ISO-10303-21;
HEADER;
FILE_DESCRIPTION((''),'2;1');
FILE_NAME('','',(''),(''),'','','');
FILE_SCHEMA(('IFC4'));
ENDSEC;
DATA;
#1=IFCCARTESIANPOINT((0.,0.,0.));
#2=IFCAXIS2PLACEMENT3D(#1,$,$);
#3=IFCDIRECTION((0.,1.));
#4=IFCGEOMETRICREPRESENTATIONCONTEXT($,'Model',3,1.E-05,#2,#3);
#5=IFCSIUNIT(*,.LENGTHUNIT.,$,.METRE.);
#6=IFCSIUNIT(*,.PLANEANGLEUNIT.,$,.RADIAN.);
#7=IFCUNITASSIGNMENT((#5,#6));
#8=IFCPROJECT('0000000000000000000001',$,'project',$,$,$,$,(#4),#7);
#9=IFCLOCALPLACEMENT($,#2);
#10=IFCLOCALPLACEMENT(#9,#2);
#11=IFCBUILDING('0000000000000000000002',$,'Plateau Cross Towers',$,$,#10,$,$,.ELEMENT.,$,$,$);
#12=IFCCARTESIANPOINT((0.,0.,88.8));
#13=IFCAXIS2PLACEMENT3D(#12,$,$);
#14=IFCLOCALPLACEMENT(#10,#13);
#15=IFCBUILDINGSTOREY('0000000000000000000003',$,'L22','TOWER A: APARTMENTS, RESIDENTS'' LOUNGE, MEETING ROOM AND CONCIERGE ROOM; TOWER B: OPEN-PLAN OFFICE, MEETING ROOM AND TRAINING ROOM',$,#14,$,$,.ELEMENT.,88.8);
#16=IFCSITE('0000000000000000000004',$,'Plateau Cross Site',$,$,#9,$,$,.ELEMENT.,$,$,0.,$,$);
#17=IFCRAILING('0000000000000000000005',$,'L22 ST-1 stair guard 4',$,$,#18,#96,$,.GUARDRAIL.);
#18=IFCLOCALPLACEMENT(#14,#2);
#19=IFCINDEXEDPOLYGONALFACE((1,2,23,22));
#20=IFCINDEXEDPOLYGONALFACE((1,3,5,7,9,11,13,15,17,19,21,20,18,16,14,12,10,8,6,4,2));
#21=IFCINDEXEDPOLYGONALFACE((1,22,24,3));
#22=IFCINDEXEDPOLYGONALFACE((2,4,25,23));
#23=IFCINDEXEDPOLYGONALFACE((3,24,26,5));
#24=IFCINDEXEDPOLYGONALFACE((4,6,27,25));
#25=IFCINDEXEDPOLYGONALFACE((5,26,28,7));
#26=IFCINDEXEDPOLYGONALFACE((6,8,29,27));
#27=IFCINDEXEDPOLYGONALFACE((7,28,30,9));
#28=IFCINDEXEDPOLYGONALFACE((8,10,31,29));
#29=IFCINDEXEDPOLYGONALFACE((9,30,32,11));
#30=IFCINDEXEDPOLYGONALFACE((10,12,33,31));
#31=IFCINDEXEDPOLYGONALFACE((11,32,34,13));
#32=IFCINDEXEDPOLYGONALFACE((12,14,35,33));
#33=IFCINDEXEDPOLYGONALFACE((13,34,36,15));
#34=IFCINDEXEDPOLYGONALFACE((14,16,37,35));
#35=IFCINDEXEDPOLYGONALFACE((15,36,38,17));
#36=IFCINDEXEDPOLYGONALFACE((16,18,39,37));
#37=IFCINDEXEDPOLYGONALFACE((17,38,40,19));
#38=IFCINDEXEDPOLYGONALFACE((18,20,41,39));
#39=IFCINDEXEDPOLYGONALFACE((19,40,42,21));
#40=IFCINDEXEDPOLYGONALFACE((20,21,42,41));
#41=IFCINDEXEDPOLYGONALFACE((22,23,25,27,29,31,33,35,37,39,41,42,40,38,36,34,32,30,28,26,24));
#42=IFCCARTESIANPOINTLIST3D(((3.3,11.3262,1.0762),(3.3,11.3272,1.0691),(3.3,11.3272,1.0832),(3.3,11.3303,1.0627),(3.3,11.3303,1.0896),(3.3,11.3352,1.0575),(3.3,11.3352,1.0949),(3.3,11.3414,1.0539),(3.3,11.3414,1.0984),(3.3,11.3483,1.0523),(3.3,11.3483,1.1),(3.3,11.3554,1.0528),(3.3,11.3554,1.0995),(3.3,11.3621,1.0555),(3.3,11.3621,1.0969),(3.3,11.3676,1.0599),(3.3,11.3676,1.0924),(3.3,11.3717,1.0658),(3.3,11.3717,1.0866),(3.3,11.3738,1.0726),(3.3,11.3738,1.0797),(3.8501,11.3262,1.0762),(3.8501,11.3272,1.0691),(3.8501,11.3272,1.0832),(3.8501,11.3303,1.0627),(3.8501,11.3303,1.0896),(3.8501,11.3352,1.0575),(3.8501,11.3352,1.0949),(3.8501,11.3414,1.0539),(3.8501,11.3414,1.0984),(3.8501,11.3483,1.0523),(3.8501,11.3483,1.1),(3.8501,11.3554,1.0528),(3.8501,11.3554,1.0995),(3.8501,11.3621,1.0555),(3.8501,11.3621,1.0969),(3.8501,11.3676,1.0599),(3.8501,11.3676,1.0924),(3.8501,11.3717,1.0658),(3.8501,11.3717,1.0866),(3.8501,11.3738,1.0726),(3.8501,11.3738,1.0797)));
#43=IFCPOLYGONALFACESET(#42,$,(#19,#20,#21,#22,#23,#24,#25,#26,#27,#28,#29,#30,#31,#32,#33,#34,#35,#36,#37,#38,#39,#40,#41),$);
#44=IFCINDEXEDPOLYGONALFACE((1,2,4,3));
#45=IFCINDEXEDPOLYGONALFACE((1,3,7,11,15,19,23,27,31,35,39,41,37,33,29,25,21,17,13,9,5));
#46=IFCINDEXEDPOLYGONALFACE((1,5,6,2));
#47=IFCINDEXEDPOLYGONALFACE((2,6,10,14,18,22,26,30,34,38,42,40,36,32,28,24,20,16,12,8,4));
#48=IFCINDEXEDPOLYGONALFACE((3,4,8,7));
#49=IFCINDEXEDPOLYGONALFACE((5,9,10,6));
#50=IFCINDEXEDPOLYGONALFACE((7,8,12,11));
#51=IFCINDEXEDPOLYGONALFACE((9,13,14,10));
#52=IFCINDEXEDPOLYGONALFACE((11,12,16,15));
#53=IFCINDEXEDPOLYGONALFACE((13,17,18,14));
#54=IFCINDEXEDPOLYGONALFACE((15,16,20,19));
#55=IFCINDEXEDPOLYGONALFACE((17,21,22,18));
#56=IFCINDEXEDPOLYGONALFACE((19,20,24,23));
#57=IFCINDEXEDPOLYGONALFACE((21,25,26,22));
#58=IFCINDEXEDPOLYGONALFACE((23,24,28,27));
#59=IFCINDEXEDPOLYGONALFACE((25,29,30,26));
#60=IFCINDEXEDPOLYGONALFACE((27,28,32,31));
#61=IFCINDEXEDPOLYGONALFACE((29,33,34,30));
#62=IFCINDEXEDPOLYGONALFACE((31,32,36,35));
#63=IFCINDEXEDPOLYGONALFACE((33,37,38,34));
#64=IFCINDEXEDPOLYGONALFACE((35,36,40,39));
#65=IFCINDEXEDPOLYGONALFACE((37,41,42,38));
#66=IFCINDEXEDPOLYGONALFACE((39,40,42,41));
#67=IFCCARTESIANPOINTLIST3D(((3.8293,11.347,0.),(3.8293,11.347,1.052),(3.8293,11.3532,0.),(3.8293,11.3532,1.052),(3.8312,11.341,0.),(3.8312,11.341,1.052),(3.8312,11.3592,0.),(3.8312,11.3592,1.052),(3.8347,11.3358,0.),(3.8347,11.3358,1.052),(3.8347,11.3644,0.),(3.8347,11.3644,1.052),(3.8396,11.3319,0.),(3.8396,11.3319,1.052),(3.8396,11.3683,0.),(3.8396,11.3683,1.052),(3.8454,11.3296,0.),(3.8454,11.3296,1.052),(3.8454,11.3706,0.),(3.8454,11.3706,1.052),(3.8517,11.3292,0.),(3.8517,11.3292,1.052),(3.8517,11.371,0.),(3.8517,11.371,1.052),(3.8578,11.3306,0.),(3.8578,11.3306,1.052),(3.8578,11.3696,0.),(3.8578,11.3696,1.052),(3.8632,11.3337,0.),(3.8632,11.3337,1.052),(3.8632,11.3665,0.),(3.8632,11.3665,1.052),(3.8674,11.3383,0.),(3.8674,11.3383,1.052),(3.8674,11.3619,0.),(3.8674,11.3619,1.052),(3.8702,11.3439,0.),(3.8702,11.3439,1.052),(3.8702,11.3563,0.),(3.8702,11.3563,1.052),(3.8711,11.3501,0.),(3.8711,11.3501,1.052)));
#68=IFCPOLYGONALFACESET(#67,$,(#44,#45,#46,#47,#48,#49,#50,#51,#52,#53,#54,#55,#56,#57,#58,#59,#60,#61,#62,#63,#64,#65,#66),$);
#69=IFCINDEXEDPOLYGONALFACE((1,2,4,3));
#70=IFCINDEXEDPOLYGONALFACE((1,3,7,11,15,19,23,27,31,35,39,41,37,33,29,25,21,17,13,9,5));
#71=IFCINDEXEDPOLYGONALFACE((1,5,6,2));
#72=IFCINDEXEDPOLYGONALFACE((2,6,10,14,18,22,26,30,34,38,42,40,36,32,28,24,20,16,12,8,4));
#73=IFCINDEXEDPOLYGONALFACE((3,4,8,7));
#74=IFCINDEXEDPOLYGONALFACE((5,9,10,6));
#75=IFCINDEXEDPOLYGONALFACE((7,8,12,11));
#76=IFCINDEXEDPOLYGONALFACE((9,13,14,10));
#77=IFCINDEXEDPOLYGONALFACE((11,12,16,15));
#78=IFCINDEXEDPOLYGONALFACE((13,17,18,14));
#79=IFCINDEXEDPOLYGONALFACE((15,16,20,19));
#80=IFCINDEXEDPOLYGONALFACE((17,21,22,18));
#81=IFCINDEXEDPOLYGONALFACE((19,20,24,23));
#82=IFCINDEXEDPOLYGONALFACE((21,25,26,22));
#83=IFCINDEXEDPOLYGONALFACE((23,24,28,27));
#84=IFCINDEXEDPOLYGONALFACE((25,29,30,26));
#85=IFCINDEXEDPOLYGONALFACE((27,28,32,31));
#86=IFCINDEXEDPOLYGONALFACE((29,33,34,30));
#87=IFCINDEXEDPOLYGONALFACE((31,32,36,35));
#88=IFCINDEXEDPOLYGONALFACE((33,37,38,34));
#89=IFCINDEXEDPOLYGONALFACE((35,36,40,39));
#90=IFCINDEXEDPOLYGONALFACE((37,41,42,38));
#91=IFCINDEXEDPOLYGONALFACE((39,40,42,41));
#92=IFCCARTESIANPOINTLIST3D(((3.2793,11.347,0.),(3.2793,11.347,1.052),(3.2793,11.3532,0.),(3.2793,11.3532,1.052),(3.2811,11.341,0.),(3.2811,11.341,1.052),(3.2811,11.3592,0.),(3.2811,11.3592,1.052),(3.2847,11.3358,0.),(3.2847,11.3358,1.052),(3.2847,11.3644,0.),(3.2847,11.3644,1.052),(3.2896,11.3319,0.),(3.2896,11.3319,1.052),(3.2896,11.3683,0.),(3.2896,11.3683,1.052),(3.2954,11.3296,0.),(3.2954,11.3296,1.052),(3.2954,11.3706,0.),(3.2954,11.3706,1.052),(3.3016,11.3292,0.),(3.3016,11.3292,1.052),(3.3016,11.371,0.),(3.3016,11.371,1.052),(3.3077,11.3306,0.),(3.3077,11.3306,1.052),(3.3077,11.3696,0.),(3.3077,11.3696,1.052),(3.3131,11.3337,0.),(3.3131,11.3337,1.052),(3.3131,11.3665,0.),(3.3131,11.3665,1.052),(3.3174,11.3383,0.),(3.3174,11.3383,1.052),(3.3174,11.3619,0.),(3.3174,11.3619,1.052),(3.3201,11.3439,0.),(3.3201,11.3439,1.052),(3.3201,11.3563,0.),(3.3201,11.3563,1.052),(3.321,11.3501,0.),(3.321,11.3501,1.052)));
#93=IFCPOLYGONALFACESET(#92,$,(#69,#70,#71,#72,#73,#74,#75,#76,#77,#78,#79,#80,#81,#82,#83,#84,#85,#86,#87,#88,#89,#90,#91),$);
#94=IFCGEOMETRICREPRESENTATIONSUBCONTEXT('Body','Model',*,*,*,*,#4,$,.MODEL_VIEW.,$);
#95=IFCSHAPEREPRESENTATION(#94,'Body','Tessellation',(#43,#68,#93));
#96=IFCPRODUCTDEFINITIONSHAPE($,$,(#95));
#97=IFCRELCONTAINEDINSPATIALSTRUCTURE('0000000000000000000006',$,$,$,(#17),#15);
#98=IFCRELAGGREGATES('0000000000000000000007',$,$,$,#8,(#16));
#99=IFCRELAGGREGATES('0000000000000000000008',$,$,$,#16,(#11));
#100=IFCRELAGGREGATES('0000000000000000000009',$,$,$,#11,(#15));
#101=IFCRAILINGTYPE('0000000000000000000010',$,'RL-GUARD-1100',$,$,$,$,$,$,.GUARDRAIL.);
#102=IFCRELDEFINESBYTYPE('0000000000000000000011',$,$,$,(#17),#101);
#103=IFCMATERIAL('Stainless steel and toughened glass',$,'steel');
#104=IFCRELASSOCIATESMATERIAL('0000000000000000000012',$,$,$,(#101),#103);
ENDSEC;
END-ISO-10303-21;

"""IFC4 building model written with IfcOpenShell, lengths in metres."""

from ifc_helpers import new_model, si_unit, direction, frame, origin, origin_2d, place, context, subcontext, project, spatial, circle, extrude, material, type_object, element, save


model = new_model("IFC4")

# Units and contexts
model_context = context("Model", 3, precision=1e-05, world=origin(), true_north=direction((0.0, 1.0)))
body_context = subcontext(model_context, "Body", "Model", "MODEL_VIEW")
ifc_project = project(units=[si_unit("LENGTHUNIT", "METRE"), si_unit("PLANEANGLEUNIT", "RADIAN")], contexts=[model_context])

# Site, building, storey
site_placement = place(None, origin())
site = spatial("IfcSite", under=ifc_project, at=site_placement, Name="Plateau Cross Site", CompositionType="ELEMENT", RefElevation=0.0)
building_placement = place(site_placement, origin())
building = spatial("IfcBuilding", under=site, at=building_placement, Name="Plateau Cross Towers", CompositionType="ELEMENT")
storey_placement = place(building_placement, frame((0.0, 0.0, 88.8)))
storey = spatial("IfcBuildingStorey", under=building, at=storey_placement, Name="L22", Description="TOWER A: APARTMENTS, RESIDENTS' LOUNGE, MEETING ROOM AND CONCIERGE ROOM; TOWER B: OPEN-PLAN OFFICE, MEETING ROOM AND TRAINING ROOM", CompositionType="ELEMENT", Elevation=88.8)

# Railing
ifc_material_1 = material(Name="Stainless steel and toughened glass", Category="steel")
railing_type = type_object("IfcRailingType", Name="RL-GUARD-1100", PredefinedType="GUARDRAIL", material=ifc_material_1)
railing_1_placement = place(storey_placement, frame((3.8501, 11.3501, 0.0)))
element("IfcRailing", 1, at=railing_1_placement, inside=storey, type_object=railing_type, Name="L22 ST-1 stair guard 4", PredefinedType="GUARDRAIL", context=body_context, shape_type="SweptSolid", body=[
    extrude(circle(Radius=0.0239, at=origin_2d()), frame((0.0, 0.0, 1.0762), z_axis=(-1.0, 0.0, 0.0), x_axis=(0.0, -1.0, 0.0)), (0.0, 0.0, 1.0), 0.55),
    extrude(circle(Radius=0.021, at=origin_2d()), origin(), (0.0, 0.0, 1.0), 1.052),
    extrude(circle(Radius=0.021, at=origin_2d()), frame((-0.55, 0.0, 0.0)), (0.0, 0.0, 1.0), 1.052),
])

save(model, "model.ifc")
